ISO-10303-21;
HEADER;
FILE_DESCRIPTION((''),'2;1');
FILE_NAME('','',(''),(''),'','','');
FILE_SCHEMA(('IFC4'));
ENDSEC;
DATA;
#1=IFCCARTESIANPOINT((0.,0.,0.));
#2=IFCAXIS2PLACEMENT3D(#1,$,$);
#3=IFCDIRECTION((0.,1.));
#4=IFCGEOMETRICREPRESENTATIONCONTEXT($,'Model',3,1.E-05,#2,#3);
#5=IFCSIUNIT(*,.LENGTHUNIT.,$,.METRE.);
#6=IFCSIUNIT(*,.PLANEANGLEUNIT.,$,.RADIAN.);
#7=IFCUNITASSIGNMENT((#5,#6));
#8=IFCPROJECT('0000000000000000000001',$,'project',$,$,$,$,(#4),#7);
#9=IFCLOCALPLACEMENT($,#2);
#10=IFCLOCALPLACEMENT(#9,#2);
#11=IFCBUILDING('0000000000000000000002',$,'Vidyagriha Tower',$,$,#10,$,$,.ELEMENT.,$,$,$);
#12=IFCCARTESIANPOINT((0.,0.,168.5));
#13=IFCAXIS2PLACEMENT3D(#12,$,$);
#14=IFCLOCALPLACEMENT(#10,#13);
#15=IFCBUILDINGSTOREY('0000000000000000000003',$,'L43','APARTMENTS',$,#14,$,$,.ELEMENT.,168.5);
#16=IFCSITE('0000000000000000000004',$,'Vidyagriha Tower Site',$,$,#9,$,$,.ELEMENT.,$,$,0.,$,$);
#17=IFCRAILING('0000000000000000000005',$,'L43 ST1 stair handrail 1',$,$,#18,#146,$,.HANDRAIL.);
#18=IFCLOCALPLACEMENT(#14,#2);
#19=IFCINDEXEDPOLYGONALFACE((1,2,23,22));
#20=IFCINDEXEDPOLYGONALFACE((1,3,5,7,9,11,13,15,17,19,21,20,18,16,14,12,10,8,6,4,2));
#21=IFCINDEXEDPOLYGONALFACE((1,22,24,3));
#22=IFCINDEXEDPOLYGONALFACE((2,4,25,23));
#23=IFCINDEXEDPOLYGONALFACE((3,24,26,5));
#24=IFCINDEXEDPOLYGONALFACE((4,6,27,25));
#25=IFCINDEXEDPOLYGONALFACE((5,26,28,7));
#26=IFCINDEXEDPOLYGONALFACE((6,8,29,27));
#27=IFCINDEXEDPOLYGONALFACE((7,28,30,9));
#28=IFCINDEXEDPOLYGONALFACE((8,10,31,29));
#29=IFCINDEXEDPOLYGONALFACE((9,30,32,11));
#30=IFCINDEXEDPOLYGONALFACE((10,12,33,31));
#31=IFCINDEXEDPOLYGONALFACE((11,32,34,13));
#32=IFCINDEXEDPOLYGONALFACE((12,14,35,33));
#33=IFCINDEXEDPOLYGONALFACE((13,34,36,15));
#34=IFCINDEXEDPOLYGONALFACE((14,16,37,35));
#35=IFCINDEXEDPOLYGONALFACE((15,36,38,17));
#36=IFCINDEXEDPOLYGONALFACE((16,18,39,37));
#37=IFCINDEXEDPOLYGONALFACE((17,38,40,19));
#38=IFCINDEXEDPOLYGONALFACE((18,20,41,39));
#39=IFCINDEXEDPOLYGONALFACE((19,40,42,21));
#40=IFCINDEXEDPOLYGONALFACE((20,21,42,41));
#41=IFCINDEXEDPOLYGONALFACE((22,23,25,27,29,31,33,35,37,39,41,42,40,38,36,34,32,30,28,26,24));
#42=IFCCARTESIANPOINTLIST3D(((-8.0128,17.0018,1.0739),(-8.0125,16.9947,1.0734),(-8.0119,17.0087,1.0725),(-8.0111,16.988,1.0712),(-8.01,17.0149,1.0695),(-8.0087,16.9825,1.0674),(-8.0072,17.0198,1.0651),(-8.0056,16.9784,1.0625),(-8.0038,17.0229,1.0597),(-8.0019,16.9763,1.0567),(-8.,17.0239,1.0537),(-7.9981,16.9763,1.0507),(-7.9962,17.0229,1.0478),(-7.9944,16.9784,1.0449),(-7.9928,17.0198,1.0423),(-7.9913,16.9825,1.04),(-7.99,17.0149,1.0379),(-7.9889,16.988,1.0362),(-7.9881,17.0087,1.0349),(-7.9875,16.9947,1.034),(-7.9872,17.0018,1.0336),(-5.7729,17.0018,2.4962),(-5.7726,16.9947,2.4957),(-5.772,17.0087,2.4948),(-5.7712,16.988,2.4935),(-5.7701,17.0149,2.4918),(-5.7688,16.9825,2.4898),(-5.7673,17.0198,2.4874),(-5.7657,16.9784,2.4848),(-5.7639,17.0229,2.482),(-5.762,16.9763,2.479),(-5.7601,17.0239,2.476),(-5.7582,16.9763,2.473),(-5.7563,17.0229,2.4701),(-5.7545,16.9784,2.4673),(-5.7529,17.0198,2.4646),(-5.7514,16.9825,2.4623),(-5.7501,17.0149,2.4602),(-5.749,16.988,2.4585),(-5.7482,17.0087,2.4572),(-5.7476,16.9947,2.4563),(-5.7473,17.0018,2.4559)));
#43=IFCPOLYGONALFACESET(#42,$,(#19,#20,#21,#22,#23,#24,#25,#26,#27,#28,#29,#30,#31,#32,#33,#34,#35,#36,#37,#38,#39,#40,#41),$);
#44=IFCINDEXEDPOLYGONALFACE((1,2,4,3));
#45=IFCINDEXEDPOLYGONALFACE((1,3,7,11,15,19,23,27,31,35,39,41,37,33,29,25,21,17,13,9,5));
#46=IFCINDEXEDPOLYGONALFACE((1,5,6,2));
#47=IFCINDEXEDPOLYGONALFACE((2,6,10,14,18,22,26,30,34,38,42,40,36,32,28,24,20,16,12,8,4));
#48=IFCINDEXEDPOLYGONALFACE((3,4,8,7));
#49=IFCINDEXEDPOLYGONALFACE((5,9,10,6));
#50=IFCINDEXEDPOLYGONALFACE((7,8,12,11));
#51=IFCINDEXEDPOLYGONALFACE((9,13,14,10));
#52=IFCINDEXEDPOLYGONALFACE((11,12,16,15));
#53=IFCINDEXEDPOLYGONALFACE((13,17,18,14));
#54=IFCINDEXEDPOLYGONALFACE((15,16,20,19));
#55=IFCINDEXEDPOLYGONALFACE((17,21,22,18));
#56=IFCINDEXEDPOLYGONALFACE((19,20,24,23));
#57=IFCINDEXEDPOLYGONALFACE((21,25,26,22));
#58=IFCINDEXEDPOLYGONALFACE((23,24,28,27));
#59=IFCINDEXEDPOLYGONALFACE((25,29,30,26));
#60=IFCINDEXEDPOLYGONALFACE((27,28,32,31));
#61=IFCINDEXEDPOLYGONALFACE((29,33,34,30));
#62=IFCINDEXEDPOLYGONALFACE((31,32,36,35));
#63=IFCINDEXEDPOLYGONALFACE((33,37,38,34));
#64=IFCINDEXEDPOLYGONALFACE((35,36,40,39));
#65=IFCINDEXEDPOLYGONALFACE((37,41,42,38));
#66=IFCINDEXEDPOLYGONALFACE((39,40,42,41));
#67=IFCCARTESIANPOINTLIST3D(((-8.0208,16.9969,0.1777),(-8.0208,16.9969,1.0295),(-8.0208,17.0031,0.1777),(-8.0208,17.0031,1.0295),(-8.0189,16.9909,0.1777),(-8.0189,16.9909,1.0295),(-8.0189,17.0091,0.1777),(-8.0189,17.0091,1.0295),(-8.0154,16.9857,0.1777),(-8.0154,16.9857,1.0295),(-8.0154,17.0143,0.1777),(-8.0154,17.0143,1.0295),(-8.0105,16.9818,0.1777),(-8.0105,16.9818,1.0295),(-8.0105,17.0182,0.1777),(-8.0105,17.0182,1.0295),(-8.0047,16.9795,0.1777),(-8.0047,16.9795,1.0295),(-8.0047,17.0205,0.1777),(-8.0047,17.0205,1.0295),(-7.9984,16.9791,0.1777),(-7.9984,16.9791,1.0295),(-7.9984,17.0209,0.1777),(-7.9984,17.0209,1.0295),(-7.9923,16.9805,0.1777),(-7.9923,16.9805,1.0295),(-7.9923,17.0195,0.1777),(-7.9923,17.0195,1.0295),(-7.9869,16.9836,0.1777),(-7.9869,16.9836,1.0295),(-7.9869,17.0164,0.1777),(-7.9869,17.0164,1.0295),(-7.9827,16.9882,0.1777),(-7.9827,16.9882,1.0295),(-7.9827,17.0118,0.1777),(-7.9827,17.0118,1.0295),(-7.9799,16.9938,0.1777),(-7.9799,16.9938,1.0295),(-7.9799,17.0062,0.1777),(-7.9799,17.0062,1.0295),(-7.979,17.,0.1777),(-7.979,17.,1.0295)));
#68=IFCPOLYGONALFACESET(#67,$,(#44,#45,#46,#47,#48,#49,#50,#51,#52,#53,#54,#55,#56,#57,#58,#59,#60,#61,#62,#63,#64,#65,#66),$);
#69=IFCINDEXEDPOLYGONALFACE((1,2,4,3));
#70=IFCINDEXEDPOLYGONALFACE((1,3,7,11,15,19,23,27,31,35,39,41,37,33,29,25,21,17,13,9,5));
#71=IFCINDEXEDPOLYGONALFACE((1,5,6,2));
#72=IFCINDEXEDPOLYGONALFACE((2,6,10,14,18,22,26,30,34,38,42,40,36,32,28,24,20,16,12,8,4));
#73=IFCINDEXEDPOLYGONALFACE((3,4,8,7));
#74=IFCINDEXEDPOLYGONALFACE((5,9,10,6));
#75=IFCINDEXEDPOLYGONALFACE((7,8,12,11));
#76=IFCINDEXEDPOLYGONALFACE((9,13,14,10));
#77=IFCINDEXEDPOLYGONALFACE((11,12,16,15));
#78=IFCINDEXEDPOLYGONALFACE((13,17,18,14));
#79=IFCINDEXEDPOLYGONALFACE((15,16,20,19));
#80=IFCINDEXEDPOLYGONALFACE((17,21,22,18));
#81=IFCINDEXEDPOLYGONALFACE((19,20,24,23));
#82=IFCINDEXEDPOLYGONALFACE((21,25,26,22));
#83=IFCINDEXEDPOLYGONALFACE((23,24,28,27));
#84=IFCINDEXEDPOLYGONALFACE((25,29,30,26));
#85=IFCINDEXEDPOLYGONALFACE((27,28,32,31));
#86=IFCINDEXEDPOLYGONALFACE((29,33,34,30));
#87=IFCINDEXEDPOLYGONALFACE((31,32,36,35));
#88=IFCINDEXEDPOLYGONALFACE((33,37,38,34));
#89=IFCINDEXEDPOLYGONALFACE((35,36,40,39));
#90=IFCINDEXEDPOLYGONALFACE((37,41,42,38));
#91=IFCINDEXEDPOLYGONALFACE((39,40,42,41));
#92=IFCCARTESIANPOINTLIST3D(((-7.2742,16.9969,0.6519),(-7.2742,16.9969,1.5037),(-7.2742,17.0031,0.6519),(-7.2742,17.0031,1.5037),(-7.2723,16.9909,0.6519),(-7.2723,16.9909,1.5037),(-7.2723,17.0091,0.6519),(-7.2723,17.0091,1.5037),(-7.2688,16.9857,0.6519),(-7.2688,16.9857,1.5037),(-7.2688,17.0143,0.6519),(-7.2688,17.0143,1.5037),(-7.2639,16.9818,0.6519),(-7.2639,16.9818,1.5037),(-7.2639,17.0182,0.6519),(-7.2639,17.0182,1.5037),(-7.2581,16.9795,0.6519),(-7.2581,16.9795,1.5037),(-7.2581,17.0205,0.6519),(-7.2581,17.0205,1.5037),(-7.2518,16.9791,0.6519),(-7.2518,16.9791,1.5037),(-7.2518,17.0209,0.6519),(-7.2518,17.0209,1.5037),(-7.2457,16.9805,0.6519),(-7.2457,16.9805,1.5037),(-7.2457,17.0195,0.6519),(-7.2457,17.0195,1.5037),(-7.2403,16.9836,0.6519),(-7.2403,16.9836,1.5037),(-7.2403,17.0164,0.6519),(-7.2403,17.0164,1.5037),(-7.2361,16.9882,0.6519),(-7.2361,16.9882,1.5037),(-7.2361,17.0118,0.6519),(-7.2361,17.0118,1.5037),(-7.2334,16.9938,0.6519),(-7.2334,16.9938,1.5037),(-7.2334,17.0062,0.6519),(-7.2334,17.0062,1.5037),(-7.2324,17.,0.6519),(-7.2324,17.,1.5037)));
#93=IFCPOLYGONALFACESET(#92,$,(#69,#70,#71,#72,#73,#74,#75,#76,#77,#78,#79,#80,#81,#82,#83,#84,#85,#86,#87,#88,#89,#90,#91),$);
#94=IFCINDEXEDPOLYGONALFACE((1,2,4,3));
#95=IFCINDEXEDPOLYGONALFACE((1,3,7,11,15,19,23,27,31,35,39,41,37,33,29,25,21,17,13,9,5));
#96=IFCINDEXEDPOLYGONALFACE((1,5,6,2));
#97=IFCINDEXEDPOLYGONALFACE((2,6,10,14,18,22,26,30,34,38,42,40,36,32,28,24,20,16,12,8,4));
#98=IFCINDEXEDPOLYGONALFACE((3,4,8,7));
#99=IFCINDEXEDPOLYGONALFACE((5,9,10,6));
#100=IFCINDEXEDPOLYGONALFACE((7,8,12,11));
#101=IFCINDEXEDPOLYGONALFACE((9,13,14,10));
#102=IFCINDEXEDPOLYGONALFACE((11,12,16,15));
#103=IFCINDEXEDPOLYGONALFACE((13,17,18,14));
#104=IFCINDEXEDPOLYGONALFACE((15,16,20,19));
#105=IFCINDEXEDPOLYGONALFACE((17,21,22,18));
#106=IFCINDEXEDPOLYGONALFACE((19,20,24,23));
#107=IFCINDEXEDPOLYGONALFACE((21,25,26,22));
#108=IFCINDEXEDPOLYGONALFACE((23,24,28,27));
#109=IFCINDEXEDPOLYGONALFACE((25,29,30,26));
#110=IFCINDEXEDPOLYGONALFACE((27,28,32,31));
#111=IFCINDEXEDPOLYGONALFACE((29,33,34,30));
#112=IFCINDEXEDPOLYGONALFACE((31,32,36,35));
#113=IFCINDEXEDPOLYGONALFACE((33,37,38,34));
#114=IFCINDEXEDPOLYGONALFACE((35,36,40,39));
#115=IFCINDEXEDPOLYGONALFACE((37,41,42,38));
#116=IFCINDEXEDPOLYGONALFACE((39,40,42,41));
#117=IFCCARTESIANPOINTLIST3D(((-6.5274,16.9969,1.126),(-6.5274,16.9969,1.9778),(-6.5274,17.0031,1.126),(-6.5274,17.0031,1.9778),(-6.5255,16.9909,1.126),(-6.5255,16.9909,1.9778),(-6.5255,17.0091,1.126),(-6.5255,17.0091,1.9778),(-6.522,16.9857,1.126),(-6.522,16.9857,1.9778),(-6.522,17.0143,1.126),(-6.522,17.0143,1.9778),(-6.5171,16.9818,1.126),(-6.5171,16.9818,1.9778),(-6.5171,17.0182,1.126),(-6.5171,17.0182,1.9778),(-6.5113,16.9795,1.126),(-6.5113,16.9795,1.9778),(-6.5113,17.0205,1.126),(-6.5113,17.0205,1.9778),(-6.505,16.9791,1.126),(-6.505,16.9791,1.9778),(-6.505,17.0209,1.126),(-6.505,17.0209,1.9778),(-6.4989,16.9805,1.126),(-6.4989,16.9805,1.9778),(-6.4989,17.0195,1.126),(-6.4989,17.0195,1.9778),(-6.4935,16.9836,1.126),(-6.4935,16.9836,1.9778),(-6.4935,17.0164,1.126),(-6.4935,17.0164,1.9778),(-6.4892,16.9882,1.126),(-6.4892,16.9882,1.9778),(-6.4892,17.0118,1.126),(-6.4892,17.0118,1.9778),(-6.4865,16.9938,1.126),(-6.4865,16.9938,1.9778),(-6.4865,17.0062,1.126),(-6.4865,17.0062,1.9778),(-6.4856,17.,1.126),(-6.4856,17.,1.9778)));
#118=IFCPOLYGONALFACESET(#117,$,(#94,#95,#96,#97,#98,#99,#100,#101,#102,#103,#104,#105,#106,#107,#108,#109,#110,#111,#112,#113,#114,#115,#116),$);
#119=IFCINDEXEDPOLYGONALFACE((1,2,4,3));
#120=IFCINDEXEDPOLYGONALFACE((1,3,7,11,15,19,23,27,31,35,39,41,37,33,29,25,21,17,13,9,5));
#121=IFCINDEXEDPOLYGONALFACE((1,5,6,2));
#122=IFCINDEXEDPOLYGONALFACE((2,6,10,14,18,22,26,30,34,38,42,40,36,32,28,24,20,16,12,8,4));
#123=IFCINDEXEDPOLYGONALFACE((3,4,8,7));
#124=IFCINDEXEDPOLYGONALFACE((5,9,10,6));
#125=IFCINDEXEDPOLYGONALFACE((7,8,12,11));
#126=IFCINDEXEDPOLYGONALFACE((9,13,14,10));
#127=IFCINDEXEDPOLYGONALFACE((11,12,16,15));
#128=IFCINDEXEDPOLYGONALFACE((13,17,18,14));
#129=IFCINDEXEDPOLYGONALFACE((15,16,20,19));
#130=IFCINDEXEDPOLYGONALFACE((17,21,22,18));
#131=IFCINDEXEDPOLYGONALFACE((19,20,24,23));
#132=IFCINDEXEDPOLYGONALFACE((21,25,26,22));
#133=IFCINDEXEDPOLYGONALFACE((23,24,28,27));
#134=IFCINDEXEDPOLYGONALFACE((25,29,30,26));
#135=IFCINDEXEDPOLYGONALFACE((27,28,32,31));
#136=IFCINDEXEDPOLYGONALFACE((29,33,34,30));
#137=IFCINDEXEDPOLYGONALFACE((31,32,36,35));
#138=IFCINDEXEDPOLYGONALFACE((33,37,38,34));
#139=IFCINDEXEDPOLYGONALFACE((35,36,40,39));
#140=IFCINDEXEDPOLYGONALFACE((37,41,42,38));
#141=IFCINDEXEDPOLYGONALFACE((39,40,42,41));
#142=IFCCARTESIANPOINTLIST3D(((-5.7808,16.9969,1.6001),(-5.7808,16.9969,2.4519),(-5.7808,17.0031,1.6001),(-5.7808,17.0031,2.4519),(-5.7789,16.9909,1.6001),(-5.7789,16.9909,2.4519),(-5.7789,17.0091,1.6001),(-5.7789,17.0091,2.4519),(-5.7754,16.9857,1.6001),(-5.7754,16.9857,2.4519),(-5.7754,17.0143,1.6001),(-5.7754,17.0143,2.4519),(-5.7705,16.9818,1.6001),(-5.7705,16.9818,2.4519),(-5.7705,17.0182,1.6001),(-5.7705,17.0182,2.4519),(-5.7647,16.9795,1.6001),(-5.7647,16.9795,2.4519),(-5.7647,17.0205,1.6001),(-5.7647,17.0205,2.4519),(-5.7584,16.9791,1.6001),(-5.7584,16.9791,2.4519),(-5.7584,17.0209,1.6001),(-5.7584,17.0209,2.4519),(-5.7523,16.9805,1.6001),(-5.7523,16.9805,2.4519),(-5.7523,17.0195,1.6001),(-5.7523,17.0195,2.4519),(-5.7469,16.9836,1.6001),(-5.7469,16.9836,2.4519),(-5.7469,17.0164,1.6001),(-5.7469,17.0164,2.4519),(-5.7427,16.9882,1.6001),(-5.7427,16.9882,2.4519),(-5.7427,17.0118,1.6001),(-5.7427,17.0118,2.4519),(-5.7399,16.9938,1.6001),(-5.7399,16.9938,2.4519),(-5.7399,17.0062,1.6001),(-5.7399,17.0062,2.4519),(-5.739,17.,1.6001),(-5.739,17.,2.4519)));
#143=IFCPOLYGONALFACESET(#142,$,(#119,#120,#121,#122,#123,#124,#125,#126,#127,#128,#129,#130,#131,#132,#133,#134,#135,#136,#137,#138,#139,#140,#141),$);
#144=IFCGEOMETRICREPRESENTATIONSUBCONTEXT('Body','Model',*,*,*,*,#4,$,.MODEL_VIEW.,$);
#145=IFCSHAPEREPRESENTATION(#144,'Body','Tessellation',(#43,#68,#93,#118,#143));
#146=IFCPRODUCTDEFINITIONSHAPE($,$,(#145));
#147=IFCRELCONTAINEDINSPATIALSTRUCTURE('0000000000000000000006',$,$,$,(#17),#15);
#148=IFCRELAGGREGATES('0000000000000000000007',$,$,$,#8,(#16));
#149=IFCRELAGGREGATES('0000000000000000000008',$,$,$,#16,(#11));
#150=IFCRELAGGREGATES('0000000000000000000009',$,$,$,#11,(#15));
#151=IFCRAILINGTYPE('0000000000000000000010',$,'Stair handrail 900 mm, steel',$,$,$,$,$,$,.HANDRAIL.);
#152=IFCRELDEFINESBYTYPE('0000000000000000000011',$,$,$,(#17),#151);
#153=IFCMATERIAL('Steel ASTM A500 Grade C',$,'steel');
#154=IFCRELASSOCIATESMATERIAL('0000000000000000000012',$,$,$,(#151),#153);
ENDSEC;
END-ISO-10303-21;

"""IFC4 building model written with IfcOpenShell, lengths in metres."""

from ifc_helpers import new_model, si_unit, direction, frame, origin, origin_2d, place, context, subcontext, project, spatial, circle, extrude, material, type_object, element, save


model = new_model("IFC4")

# Units and contexts
model_context = context("Model", 3, precision=1e-05, world=origin(), true_north=direction((0.0, 1.0)))
body_context = subcontext(model_context, "Body", "Model", "MODEL_VIEW")
ifc_project = project(units=[si_unit("LENGTHUNIT", "METRE"), si_unit("PLANEANGLEUNIT", "RADIAN")], contexts=[model_context])

# Site, building, storey
site_placement = place(None, origin())
site = spatial("IfcSite", under=ifc_project, at=site_placement, Name="Vidyagriha Tower Site", CompositionType="ELEMENT", RefElevation=0.0)
building_placement = place(site_placement, origin())
building = spatial("IfcBuilding", under=site, at=building_placement, Name="Vidyagriha Tower", CompositionType="ELEMENT")
storey_placement = place(building_placement, frame((0.0, 0.0, 168.5)))
storey = spatial("IfcBuildingStorey", under=building, at=storey_placement, Name="L43", Description="APARTMENTS", CompositionType="ELEMENT", Elevation=168.5)

# Railing
ifc_material_1 = material(Name="Steel ASTM A500 Grade C", Category="steel")
railing_type_1 = type_object("IfcRailingType", Name="Stair handrail 900 mm, steel", PredefinedType="HANDRAIL", material=ifc_material_1)
railing_1_placement = place(storey_placement, frame((-8.0, 17.0, 0.1777)))
element("IfcRailing", 1, at=railing_1_placement, inside=storey, type_object=railing_type_1, Name="L43 ST1 stair handrail 1", PredefinedType="HANDRAIL", context=body_context, shape_type="SweptSolid", body=[
    extrude(circle(Radius=0.0239, at=origin_2d()), frame((0.0, 0.0, 0.876), z_axis=(0.844188, 0.0, 0.536048), x_axis=(0.0, 1.0, 0.0)), (0.0, 0.0, 1.0), 2.6533),
    extrude(circle(Radius=0.021, at=origin_2d()), origin(), (0.0, 0.0, 1.0), 0.8518),
    extrude(circle(Radius=0.021, at=origin_2d()), frame((0.7466, 0.0, 0.4741)), (0.0, 0.0, 1.0), 0.8518),
    extrude(circle(Radius=0.021, at=origin_2d()), frame((1.4934, 0.0, 0.9482)), (0.0, 0.0, 1.0), 0.8518),
    extrude(circle(Radius=0.021, at=origin_2d()), frame((2.24, 0.0, 1.4224)), (0.0, 0.0, 1.0), 0.8518),
])

save(model, "model.ifc")
